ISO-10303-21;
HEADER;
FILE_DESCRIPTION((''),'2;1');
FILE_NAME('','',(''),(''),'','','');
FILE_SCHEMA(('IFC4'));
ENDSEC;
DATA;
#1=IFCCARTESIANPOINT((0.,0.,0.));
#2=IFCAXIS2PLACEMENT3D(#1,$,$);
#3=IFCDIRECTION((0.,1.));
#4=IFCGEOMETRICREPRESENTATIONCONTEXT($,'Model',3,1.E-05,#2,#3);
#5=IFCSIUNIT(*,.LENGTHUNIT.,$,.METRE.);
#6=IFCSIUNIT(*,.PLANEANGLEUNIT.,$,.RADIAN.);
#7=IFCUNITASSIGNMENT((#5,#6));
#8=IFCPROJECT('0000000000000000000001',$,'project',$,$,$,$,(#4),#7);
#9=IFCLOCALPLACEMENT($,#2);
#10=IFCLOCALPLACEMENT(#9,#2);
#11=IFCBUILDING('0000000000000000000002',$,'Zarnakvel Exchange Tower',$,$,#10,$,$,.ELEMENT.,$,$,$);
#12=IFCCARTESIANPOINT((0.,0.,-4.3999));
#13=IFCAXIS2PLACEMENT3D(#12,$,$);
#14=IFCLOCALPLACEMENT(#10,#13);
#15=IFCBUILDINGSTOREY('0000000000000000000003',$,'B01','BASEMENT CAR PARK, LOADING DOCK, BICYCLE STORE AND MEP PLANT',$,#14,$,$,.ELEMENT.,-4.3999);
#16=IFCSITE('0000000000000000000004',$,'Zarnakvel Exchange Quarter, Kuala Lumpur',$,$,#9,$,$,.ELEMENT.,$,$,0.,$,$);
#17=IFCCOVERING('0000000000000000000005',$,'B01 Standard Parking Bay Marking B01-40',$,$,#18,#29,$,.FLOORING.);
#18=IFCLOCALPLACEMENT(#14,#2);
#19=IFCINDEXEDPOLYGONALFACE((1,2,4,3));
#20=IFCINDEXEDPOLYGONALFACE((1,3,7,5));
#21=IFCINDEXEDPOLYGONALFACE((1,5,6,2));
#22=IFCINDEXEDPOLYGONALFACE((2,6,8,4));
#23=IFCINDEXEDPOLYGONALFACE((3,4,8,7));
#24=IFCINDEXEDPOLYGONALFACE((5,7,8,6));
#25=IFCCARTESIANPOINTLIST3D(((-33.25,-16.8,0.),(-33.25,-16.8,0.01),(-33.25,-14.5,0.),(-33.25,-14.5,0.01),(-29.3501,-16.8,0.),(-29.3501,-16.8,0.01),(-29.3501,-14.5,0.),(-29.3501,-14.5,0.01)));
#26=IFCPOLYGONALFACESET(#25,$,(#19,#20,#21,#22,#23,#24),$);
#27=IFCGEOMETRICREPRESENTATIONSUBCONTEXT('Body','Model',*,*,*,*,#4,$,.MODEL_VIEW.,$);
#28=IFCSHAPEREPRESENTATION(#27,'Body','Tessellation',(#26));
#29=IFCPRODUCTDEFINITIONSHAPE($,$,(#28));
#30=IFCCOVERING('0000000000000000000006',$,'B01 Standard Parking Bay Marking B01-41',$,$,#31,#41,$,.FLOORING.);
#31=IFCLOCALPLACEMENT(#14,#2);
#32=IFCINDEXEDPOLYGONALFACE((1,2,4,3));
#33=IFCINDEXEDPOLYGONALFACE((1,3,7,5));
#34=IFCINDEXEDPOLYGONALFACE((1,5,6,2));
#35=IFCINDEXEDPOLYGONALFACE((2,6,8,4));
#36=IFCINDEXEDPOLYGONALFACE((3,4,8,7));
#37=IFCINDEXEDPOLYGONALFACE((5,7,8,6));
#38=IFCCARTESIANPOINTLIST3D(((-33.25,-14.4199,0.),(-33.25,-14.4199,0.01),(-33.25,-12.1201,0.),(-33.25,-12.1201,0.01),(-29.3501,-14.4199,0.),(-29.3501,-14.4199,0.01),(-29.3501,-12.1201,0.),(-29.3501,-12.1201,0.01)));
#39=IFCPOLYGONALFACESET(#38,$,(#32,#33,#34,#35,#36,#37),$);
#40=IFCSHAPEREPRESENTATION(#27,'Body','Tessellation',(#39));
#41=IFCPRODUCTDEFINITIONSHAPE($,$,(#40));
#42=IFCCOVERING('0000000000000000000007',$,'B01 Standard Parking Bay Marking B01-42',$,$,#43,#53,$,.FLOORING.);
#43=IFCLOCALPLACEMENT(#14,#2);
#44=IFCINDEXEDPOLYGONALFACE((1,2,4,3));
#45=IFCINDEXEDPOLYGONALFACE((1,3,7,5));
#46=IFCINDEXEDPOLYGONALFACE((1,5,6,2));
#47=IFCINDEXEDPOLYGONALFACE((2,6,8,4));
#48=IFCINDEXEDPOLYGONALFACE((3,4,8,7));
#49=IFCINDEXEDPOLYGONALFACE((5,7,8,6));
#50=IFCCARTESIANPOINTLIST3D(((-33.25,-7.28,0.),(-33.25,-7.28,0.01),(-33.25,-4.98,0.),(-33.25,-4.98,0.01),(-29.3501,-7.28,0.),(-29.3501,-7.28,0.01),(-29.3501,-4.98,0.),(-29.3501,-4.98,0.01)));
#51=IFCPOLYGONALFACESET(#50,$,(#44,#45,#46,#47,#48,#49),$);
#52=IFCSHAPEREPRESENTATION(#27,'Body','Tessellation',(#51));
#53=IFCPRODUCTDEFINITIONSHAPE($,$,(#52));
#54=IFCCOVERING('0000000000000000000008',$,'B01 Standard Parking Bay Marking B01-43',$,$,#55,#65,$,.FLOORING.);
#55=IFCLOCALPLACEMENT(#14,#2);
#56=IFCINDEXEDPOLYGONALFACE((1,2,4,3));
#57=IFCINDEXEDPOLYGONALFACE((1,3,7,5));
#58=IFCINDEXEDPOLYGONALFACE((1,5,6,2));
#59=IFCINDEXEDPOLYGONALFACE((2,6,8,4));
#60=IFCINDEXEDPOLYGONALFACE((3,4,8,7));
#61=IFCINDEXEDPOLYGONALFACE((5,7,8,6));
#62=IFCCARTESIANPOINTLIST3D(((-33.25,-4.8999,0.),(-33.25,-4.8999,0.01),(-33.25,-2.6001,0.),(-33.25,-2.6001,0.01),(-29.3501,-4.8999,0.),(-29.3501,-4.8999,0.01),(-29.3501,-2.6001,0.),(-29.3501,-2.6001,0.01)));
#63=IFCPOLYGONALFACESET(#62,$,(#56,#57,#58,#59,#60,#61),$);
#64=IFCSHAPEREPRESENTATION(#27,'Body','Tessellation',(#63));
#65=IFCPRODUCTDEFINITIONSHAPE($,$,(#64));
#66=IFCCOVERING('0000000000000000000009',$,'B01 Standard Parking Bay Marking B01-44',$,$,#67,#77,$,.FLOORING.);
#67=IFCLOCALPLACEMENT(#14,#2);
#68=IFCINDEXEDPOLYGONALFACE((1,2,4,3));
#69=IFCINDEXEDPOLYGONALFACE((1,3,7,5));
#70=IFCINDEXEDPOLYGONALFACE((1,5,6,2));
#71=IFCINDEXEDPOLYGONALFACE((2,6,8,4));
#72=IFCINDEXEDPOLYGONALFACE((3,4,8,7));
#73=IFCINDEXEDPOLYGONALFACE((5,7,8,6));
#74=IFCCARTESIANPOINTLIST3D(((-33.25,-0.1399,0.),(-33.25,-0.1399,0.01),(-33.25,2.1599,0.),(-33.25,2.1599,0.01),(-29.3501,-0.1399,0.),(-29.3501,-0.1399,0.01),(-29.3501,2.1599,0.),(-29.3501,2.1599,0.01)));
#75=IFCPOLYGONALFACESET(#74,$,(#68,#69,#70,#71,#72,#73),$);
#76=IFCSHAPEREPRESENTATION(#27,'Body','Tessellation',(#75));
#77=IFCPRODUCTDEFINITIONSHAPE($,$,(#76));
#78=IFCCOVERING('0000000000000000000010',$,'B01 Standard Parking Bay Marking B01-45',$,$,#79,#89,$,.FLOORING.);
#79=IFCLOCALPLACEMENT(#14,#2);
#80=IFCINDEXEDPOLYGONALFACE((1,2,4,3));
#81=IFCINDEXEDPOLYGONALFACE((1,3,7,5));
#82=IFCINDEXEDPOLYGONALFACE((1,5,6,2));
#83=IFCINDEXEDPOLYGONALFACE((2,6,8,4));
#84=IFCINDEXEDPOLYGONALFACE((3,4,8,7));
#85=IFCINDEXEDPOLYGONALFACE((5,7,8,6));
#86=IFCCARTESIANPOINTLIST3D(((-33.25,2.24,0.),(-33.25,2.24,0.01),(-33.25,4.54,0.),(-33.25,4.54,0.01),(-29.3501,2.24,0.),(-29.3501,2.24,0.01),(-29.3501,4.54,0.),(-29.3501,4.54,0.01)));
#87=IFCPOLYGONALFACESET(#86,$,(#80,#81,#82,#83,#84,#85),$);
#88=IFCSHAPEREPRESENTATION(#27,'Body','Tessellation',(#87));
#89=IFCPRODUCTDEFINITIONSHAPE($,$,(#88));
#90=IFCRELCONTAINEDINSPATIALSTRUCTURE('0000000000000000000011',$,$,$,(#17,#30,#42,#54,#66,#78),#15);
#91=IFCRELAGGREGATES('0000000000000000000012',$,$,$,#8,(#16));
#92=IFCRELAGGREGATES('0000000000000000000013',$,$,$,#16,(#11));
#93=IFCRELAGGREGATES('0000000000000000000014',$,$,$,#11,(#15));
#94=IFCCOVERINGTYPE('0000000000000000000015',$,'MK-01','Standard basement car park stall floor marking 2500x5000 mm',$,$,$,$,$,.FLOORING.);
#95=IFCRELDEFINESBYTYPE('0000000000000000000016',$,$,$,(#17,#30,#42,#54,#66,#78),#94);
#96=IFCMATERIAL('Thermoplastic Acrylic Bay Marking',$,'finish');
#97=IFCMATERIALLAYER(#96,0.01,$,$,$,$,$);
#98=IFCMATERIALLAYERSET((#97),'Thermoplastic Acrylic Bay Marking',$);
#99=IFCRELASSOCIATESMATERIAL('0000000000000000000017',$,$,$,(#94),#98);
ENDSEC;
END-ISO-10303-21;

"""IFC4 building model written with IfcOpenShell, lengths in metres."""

from ifc_helpers import new_model, si_unit, direction, frame, origin, place, context, subcontext, project, spatial, polyline, outline, extrude, material, layer, layer_set, type_object, element, save


model = new_model("IFC4")

# Units and contexts
model_context = context("Model", 3, precision=1e-05, world=origin(), true_north=direction((0.0, 1.0)))
body_context = subcontext(model_context, "Body", "Model", "MODEL_VIEW")
ifc_project = project(units=[si_unit("LENGTHUNIT", "METRE"), si_unit("PLANEANGLEUNIT", "RADIAN")], contexts=[model_context])

# Site, building, storey
site_placement = place(None, origin())
site = spatial("IfcSite", under=ifc_project, at=site_placement, Name="Zarnakvel Exchange Quarter, Kuala Lumpur", CompositionType="ELEMENT", RefElevation=0.0)
building_placement = place(site_placement, origin())
building = spatial("IfcBuilding", under=site, at=building_placement, Name="Zarnakvel Exchange Tower", CompositionType="ELEMENT")
storey_placement = place(building_placement, frame((0.0, 0.0, -4.3999)))
storey = spatial("IfcBuildingStorey", under=building, at=storey_placement, Name="B01", Description="BASEMENT CAR PARK, LOADING DOCK, BICYCLE STORE AND MEP PLANT", CompositionType="ELEMENT", Elevation=-4.3999)

# Coverings
ifc_material = material(Name="Thermoplastic Acrylic Bay Marking", Category="finish")
ifc_layer = layer(ifc_material, 0.01)
ifc_layer_set = layer_set([ifc_layer], Name="Thermoplastic Acrylic Bay Marking")
covering_type = type_object("IfcCoveringType", Name="MK-01", Description="Standard basement car park stall floor marking 2500x5000 mm", PredefinedType="FLOORING", material=ifc_layer_set)
covering_1_placement = place(storey_placement, origin())
element("IfcCovering", 1, at=covering_1_placement, inside=storey, type_object=covering_type, Name="B01 Standard Parking Bay Marking B01-40", PredefinedType="FLOORING", context=body_context, shape_type="SweptSolid", body=[
    extrude(outline(polyline([(-33.25, -16.8), (-29.3501, -16.8), (-29.3501, -14.5), (-33.25, -14.5), (-33.25, -16.8)])), origin(), (0.0, 0.0, 1.0), 0.01),
])
covering_2_placement = place(storey_placement, origin())
element("IfcCovering", 2, at=covering_2_placement, inside=storey, type_object=covering_type, Name="B01 Standard Parking Bay Marking B01-41", PredefinedType="FLOORING", context=body_context, shape_type="SweptSolid", body=[
    extrude(outline(polyline([(-33.25, -14.4199), (-29.3501, -14.4199), (-29.3501, -12.1201), (-33.25, -12.1201), (-33.25, -14.4199)])), origin(), (0.0, 0.0, 1.0), 0.01),
])
covering_3_placement = place(storey_placement, origin())
element("IfcCovering", 3, at=covering_3_placement, inside=storey, type_object=covering_type, Name="B01 Standard Parking Bay Marking B01-42", PredefinedType="FLOORING", context=body_context, shape_type="SweptSolid", body=[
    extrude(outline(polyline([(-33.25, -7.28), (-29.3501, -7.28), (-29.3501, -4.98), (-33.25, -4.98), (-33.25, -7.28)])), origin(), (0.0, 0.0, 1.0), 0.01),
])
covering_4_placement = place(storey_placement, origin())
element("IfcCovering", 4, at=covering_4_placement, inside=storey, type_object=covering_type, Name="B01 Standard Parking Bay Marking B01-43", PredefinedType="FLOORING", context=body_context, shape_type="SweptSolid", body=[
    extrude(outline(polyline([(-33.25, -4.8999), (-29.3501, -4.8999), (-29.3501, -2.6001), (-33.25, -2.6001), (-33.25, -4.8999)])), origin(), (0.0, 0.0, 1.0), 0.01),
])
covering_5_placement = place(storey_placement, origin())
element("IfcCovering", 5, at=covering_5_placement, inside=storey, type_object=covering_type, Name="B01 Standard Parking Bay Marking B01-44", PredefinedType="FLOORING", context=body_context, shape_type="SweptSolid", body=[
    extrude(outline(polyline([(-33.25, -0.1399), (-29.3501, -0.1399), (-29.3501, 2.1599), (-33.25, 2.1599), (-33.25, -0.1399)])), origin(), (0.0, 0.0, 1.0), 0.01),
])
covering_6_placement = place(storey_placement, origin())
element("IfcCovering", 6, at=covering_6_placement, inside=storey, type_object=covering_type, Name="B01 Standard Parking Bay Marking B01-45", PredefinedType="FLOORING", context=body_context, shape_type="SweptSolid", body=[
    extrude(outline(polyline([(-33.25, 2.24), (-29.3501, 2.24), (-29.3501, 4.54), (-33.25, 4.54), (-33.25, 2.24)])), origin(), (0.0, 0.0, 1.0), 0.01),
])

save(model, "model.ifc")
